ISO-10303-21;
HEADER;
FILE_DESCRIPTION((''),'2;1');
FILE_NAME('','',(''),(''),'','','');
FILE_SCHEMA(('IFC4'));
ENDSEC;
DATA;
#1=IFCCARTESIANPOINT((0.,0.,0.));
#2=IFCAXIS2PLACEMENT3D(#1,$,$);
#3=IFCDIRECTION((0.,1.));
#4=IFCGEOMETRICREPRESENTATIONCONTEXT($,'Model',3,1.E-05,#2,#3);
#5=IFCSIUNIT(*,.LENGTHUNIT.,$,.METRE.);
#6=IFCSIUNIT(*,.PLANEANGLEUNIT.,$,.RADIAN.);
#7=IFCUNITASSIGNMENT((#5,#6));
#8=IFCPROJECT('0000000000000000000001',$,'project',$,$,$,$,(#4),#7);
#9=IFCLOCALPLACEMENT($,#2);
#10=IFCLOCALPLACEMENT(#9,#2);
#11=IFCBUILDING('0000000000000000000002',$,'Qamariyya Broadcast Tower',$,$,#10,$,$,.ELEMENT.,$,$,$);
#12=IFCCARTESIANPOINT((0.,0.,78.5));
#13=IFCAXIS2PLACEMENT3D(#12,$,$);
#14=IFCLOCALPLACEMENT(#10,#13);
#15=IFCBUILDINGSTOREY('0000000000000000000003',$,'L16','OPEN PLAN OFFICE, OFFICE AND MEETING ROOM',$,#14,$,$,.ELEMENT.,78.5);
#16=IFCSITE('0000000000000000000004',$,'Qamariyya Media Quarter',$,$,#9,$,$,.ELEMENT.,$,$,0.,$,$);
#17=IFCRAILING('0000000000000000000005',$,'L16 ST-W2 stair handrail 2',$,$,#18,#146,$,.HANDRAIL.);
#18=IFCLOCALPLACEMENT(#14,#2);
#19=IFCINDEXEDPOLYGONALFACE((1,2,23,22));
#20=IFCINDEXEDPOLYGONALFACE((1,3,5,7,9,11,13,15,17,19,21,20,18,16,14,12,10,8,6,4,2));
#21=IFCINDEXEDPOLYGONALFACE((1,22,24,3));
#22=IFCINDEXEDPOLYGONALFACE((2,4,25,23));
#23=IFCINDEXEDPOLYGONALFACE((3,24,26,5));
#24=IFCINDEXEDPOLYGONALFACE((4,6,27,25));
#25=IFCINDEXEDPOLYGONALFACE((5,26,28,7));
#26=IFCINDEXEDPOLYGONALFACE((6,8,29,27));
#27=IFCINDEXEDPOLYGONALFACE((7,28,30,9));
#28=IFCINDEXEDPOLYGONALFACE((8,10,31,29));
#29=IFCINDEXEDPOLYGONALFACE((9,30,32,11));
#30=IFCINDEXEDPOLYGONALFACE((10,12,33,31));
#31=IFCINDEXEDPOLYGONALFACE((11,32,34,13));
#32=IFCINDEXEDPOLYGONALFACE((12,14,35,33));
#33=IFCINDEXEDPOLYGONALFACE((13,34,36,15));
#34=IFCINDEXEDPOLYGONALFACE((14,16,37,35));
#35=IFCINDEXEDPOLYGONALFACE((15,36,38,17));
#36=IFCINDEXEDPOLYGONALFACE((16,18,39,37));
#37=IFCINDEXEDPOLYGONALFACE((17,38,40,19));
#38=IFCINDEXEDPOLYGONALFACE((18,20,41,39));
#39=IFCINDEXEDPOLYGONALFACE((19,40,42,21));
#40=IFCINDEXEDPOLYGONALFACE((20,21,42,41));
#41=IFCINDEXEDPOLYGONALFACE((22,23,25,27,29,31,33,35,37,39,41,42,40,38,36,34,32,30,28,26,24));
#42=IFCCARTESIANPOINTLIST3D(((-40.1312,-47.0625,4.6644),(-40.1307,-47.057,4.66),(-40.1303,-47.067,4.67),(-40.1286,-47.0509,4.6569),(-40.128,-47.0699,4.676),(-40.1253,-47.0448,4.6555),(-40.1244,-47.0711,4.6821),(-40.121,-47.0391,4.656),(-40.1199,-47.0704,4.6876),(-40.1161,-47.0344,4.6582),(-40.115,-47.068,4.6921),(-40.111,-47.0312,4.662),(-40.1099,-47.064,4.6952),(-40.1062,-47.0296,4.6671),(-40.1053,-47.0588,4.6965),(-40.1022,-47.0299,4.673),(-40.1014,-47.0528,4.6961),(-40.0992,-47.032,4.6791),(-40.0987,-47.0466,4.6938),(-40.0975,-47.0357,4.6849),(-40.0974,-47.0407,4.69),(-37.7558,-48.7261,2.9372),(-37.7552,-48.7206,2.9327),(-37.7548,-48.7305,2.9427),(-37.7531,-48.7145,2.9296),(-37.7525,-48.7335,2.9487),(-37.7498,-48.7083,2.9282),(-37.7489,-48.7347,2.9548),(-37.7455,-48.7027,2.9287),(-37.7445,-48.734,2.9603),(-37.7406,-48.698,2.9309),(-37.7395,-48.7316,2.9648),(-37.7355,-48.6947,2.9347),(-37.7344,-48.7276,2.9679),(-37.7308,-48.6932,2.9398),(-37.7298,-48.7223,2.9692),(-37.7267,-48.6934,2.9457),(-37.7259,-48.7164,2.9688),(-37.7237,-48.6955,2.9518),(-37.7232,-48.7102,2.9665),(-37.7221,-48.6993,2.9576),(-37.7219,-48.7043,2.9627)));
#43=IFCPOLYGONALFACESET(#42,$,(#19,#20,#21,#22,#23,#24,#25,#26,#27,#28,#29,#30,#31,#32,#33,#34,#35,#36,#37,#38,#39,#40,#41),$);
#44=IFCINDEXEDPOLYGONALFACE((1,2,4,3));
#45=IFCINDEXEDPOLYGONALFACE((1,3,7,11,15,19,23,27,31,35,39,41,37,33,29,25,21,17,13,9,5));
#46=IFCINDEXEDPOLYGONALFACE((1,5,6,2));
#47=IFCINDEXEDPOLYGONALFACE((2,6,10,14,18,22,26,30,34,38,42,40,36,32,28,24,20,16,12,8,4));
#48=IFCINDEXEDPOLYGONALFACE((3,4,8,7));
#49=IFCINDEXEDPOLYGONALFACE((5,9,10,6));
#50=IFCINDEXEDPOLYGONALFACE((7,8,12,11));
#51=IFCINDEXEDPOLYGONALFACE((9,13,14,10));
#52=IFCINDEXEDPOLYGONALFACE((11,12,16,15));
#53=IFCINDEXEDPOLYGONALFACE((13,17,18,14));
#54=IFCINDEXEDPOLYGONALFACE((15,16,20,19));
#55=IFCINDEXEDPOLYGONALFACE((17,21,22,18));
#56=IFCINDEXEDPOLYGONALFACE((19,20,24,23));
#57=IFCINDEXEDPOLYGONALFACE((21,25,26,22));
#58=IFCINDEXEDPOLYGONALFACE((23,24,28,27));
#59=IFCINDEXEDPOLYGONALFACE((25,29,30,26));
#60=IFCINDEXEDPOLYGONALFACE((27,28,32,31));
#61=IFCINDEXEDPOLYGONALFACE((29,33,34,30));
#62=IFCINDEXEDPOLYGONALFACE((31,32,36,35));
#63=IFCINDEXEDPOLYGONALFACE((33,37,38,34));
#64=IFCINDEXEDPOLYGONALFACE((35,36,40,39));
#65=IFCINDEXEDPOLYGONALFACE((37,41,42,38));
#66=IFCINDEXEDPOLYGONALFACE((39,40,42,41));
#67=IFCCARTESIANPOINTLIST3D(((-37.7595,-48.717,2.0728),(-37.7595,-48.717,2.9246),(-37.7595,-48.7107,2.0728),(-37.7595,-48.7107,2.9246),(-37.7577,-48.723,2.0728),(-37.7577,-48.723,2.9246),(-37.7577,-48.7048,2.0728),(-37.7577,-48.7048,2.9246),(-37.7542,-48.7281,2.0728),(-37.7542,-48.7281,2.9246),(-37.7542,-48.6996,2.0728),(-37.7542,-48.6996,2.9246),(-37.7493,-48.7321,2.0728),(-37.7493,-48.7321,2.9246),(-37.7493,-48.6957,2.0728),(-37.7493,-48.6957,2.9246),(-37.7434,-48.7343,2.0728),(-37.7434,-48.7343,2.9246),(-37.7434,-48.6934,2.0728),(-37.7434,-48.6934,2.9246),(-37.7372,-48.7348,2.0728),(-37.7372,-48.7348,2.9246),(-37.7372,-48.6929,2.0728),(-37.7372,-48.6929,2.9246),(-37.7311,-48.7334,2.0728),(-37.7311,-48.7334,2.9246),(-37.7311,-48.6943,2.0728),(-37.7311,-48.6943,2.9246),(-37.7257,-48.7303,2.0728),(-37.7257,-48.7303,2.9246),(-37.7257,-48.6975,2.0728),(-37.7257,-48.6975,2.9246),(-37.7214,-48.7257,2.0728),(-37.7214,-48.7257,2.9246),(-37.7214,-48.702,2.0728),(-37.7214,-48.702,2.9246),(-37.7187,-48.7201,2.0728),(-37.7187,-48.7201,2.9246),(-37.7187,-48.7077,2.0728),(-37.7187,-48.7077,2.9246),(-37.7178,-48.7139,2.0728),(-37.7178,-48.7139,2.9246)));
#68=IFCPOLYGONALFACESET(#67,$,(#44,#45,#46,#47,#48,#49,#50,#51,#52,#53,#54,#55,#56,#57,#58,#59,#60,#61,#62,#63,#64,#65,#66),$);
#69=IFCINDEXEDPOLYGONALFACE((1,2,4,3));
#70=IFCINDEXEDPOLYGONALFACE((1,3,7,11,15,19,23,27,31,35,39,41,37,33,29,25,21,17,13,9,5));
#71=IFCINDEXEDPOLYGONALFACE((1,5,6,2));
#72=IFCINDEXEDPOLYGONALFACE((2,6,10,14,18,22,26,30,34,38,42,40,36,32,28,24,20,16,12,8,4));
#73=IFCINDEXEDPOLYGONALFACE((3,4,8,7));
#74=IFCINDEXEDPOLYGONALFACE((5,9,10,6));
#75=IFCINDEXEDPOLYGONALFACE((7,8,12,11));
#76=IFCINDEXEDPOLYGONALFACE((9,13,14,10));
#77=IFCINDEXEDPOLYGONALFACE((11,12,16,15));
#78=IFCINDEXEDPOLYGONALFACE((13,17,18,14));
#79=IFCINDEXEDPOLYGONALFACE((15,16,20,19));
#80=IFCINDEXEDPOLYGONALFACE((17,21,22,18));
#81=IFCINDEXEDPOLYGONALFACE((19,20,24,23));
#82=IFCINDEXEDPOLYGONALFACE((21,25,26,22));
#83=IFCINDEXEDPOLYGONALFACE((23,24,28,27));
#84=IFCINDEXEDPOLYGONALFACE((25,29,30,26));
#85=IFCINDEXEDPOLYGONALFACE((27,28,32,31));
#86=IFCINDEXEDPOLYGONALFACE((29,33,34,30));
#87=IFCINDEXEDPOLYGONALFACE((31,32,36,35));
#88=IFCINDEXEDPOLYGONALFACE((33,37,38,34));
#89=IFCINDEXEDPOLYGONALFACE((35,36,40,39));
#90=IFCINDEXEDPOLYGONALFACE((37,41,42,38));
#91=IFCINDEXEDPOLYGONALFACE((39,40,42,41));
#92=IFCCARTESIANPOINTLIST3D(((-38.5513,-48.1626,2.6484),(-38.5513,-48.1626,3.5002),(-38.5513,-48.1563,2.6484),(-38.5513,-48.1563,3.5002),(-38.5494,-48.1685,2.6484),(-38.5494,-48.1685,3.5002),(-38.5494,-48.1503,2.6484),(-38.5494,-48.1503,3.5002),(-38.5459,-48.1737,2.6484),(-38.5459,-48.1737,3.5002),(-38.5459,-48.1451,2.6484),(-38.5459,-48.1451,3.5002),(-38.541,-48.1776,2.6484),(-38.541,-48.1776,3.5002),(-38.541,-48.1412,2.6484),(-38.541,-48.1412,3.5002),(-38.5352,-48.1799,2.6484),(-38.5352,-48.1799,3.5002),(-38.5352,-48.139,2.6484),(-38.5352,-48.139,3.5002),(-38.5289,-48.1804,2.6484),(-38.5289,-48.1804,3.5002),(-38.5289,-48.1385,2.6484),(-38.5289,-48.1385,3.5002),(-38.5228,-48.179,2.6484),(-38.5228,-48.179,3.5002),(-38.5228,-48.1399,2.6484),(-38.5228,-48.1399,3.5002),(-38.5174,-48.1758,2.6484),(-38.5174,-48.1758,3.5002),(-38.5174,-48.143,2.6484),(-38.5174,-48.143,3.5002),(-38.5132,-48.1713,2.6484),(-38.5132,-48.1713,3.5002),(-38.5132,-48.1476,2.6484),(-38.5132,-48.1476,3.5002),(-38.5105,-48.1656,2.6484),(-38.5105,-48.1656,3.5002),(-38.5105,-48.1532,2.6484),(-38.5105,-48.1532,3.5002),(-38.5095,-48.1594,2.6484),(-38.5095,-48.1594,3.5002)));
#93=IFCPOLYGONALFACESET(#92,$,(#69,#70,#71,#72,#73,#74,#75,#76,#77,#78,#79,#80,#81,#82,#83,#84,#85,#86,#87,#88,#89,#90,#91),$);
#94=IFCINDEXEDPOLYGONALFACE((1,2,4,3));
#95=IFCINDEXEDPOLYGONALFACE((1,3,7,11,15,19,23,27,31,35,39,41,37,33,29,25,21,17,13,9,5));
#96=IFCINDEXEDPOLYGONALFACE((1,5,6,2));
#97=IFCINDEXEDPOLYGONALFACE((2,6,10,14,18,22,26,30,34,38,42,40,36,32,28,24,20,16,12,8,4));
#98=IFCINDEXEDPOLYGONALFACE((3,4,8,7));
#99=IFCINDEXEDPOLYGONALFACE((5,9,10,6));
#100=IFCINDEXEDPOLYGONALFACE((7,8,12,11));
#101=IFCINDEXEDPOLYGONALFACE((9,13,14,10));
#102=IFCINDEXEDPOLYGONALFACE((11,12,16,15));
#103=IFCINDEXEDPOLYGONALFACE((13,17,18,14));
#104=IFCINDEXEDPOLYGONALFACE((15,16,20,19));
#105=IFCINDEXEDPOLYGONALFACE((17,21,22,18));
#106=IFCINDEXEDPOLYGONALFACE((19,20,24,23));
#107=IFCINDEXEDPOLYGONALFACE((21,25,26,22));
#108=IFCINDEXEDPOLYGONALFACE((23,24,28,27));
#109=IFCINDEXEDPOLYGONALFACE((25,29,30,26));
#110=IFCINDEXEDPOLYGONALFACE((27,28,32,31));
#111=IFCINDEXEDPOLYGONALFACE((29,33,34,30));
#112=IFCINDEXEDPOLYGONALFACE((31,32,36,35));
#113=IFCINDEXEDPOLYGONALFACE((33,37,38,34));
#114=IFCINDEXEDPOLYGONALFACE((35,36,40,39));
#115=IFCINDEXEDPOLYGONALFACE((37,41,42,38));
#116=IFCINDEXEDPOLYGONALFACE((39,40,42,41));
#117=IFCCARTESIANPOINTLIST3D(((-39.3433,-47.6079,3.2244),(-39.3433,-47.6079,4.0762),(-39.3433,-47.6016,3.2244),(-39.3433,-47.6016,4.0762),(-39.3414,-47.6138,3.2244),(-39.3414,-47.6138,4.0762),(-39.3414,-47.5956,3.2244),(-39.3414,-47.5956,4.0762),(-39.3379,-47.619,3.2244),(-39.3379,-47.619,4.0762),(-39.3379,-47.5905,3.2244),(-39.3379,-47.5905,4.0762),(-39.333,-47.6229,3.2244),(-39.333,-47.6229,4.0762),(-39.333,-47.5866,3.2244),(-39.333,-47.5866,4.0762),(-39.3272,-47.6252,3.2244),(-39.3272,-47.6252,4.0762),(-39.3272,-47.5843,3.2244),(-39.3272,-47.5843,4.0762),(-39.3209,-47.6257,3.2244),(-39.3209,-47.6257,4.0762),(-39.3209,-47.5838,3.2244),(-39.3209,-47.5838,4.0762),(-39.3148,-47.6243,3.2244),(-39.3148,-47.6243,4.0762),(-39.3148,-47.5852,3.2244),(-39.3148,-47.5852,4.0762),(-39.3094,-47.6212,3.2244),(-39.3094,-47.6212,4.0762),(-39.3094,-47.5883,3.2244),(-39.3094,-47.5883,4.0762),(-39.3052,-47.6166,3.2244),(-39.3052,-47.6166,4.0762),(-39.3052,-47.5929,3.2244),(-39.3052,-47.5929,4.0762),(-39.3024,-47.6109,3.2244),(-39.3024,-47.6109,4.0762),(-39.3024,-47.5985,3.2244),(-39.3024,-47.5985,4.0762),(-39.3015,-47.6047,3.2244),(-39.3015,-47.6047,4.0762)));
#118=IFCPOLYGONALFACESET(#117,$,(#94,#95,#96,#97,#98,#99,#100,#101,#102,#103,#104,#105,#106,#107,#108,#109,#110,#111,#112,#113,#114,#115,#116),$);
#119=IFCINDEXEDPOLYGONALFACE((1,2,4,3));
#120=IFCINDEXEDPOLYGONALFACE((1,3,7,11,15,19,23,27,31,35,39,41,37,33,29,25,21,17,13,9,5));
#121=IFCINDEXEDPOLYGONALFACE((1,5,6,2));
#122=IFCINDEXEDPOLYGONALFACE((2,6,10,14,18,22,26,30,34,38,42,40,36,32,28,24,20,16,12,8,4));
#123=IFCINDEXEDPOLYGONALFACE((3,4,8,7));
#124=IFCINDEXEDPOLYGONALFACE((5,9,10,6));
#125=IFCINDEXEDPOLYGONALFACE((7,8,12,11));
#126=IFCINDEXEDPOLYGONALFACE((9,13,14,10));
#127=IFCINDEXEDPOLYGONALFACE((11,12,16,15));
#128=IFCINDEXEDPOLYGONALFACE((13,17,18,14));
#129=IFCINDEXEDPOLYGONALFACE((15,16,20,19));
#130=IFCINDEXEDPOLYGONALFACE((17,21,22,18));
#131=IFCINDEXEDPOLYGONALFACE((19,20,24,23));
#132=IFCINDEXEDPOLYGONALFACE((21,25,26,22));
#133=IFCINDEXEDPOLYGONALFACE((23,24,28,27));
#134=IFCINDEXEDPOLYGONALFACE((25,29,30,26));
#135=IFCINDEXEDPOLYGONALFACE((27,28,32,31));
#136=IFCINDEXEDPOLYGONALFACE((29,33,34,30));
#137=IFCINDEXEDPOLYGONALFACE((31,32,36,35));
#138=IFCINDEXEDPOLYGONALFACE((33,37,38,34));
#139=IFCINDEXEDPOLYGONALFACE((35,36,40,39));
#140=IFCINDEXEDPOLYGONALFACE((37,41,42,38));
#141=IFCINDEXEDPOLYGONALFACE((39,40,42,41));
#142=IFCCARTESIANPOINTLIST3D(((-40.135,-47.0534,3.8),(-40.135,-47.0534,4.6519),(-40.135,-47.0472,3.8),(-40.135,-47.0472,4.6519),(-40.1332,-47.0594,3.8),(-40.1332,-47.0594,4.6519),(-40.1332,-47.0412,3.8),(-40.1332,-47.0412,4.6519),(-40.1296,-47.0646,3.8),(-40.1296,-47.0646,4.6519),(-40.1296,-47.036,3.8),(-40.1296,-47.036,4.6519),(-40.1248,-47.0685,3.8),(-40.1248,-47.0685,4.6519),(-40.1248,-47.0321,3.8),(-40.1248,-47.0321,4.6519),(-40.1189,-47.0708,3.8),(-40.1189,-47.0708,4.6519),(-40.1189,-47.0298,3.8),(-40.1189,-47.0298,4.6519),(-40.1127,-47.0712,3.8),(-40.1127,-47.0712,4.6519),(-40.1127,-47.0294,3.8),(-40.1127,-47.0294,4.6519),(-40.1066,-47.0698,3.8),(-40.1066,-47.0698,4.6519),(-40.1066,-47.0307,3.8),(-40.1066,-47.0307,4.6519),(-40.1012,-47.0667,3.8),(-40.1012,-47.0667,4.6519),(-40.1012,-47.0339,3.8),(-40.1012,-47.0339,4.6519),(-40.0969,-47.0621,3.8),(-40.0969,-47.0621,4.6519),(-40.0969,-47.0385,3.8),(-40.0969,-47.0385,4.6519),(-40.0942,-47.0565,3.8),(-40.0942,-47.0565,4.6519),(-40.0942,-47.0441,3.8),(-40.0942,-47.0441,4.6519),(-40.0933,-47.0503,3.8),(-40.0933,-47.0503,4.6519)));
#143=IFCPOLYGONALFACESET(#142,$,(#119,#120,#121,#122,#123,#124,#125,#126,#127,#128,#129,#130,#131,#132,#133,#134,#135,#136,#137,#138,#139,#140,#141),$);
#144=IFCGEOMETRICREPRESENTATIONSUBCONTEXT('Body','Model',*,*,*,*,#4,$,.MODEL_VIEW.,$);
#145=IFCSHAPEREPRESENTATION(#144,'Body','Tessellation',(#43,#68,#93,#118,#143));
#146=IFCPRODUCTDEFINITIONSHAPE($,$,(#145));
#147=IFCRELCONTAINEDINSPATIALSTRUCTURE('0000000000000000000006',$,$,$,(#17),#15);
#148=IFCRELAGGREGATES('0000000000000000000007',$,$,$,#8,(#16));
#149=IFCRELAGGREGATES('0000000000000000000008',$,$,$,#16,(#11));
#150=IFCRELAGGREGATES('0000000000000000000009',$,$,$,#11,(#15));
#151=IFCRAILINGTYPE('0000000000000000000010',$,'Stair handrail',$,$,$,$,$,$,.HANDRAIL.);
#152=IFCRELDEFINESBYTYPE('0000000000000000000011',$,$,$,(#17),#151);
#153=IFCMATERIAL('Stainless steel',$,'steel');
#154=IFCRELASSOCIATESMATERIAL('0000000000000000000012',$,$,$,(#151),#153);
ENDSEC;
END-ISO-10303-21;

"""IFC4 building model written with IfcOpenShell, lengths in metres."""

from ifc_helpers import new_model, si_unit, direction, frame, origin, origin_2d, place, context, subcontext, project, spatial, circle, extrude, material, type_object, element, save


model = new_model("IFC4")

# Units and contexts
model_context = context("Model", 3, precision=1e-05, world=origin(), true_north=direction((0.0, 1.0)))
body_context = subcontext(model_context, "Body", "Model", "MODEL_VIEW")
ifc_project = project(units=[si_unit("LENGTHUNIT", "METRE"), si_unit("PLANEANGLEUNIT", "RADIAN")], contexts=[model_context])

# Site, building, storey
site_placement = place(None, origin())
site = spatial("IfcSite", under=ifc_project, at=site_placement, Name="Qamariyya Media Quarter", CompositionType="ELEMENT", RefElevation=0.0)
building_placement = place(site_placement, origin())
building = spatial("IfcBuilding", under=site, at=building_placement, Name="Qamariyya Broadcast Tower", CompositionType="ELEMENT")
storey_placement = place(building_placement, frame((0.0, 0.0, 78.5)))
storey = spatial("IfcBuildingStorey", under=building, at=storey_placement, Name="L16", Description="OPEN PLAN OFFICE, OFFICE AND MEETING ROOM", CompositionType="ELEMENT", Elevation=78.5)

# Railing
ifc_material_1 = material(Name="Stainless steel", Category="steel")
railing_type_1 = type_object("IfcRailingType", Name="Stair handrail", PredefinedType="HANDRAIL", material=ifc_material_1)
railing_1_placement = place(storey_placement, frame((-37.7388, -48.7139, 2.0728)))
element("IfcRailing", 1, at=railing_1_placement, inside=storey, type_object=railing_type_1, Name="L16 ST-W2 stair handrail 2", PredefinedType="HANDRAIL", context=body_context, shape_type="SweptSolid", body=[
    extrude(circle(Radius=0.0239, at=origin_2d()), frame((0.0, 0.0, 0.876), z_axis=(-0.703745, 0.492838, 0.511716), x_axis=(-0.573632, -0.819113, 0.0)), (0.0, 0.0, 1.0), 3.3755),
    extrude(circle(Radius=0.021, at=origin_2d()), origin(), (0.0, 0.0, 1.0), 0.8518),
    extrude(circle(Radius=0.021, at=origin_2d()), frame((-0.7917, 0.5544, 0.5757)), (0.0, 0.0, 1.0), 0.8518),
    extrude(circle(Radius=0.021, at=origin_2d()), frame((-1.5837, 1.1091, 1.1516)), (0.0, 0.0, 1.0), 0.8518),
    extrude(circle(Radius=0.021, at=origin_2d()), frame((-2.3755, 1.6636, 1.7273)), (0.0, 0.0, 1.0), 0.8518),
])

save(model, "model.ifc")
